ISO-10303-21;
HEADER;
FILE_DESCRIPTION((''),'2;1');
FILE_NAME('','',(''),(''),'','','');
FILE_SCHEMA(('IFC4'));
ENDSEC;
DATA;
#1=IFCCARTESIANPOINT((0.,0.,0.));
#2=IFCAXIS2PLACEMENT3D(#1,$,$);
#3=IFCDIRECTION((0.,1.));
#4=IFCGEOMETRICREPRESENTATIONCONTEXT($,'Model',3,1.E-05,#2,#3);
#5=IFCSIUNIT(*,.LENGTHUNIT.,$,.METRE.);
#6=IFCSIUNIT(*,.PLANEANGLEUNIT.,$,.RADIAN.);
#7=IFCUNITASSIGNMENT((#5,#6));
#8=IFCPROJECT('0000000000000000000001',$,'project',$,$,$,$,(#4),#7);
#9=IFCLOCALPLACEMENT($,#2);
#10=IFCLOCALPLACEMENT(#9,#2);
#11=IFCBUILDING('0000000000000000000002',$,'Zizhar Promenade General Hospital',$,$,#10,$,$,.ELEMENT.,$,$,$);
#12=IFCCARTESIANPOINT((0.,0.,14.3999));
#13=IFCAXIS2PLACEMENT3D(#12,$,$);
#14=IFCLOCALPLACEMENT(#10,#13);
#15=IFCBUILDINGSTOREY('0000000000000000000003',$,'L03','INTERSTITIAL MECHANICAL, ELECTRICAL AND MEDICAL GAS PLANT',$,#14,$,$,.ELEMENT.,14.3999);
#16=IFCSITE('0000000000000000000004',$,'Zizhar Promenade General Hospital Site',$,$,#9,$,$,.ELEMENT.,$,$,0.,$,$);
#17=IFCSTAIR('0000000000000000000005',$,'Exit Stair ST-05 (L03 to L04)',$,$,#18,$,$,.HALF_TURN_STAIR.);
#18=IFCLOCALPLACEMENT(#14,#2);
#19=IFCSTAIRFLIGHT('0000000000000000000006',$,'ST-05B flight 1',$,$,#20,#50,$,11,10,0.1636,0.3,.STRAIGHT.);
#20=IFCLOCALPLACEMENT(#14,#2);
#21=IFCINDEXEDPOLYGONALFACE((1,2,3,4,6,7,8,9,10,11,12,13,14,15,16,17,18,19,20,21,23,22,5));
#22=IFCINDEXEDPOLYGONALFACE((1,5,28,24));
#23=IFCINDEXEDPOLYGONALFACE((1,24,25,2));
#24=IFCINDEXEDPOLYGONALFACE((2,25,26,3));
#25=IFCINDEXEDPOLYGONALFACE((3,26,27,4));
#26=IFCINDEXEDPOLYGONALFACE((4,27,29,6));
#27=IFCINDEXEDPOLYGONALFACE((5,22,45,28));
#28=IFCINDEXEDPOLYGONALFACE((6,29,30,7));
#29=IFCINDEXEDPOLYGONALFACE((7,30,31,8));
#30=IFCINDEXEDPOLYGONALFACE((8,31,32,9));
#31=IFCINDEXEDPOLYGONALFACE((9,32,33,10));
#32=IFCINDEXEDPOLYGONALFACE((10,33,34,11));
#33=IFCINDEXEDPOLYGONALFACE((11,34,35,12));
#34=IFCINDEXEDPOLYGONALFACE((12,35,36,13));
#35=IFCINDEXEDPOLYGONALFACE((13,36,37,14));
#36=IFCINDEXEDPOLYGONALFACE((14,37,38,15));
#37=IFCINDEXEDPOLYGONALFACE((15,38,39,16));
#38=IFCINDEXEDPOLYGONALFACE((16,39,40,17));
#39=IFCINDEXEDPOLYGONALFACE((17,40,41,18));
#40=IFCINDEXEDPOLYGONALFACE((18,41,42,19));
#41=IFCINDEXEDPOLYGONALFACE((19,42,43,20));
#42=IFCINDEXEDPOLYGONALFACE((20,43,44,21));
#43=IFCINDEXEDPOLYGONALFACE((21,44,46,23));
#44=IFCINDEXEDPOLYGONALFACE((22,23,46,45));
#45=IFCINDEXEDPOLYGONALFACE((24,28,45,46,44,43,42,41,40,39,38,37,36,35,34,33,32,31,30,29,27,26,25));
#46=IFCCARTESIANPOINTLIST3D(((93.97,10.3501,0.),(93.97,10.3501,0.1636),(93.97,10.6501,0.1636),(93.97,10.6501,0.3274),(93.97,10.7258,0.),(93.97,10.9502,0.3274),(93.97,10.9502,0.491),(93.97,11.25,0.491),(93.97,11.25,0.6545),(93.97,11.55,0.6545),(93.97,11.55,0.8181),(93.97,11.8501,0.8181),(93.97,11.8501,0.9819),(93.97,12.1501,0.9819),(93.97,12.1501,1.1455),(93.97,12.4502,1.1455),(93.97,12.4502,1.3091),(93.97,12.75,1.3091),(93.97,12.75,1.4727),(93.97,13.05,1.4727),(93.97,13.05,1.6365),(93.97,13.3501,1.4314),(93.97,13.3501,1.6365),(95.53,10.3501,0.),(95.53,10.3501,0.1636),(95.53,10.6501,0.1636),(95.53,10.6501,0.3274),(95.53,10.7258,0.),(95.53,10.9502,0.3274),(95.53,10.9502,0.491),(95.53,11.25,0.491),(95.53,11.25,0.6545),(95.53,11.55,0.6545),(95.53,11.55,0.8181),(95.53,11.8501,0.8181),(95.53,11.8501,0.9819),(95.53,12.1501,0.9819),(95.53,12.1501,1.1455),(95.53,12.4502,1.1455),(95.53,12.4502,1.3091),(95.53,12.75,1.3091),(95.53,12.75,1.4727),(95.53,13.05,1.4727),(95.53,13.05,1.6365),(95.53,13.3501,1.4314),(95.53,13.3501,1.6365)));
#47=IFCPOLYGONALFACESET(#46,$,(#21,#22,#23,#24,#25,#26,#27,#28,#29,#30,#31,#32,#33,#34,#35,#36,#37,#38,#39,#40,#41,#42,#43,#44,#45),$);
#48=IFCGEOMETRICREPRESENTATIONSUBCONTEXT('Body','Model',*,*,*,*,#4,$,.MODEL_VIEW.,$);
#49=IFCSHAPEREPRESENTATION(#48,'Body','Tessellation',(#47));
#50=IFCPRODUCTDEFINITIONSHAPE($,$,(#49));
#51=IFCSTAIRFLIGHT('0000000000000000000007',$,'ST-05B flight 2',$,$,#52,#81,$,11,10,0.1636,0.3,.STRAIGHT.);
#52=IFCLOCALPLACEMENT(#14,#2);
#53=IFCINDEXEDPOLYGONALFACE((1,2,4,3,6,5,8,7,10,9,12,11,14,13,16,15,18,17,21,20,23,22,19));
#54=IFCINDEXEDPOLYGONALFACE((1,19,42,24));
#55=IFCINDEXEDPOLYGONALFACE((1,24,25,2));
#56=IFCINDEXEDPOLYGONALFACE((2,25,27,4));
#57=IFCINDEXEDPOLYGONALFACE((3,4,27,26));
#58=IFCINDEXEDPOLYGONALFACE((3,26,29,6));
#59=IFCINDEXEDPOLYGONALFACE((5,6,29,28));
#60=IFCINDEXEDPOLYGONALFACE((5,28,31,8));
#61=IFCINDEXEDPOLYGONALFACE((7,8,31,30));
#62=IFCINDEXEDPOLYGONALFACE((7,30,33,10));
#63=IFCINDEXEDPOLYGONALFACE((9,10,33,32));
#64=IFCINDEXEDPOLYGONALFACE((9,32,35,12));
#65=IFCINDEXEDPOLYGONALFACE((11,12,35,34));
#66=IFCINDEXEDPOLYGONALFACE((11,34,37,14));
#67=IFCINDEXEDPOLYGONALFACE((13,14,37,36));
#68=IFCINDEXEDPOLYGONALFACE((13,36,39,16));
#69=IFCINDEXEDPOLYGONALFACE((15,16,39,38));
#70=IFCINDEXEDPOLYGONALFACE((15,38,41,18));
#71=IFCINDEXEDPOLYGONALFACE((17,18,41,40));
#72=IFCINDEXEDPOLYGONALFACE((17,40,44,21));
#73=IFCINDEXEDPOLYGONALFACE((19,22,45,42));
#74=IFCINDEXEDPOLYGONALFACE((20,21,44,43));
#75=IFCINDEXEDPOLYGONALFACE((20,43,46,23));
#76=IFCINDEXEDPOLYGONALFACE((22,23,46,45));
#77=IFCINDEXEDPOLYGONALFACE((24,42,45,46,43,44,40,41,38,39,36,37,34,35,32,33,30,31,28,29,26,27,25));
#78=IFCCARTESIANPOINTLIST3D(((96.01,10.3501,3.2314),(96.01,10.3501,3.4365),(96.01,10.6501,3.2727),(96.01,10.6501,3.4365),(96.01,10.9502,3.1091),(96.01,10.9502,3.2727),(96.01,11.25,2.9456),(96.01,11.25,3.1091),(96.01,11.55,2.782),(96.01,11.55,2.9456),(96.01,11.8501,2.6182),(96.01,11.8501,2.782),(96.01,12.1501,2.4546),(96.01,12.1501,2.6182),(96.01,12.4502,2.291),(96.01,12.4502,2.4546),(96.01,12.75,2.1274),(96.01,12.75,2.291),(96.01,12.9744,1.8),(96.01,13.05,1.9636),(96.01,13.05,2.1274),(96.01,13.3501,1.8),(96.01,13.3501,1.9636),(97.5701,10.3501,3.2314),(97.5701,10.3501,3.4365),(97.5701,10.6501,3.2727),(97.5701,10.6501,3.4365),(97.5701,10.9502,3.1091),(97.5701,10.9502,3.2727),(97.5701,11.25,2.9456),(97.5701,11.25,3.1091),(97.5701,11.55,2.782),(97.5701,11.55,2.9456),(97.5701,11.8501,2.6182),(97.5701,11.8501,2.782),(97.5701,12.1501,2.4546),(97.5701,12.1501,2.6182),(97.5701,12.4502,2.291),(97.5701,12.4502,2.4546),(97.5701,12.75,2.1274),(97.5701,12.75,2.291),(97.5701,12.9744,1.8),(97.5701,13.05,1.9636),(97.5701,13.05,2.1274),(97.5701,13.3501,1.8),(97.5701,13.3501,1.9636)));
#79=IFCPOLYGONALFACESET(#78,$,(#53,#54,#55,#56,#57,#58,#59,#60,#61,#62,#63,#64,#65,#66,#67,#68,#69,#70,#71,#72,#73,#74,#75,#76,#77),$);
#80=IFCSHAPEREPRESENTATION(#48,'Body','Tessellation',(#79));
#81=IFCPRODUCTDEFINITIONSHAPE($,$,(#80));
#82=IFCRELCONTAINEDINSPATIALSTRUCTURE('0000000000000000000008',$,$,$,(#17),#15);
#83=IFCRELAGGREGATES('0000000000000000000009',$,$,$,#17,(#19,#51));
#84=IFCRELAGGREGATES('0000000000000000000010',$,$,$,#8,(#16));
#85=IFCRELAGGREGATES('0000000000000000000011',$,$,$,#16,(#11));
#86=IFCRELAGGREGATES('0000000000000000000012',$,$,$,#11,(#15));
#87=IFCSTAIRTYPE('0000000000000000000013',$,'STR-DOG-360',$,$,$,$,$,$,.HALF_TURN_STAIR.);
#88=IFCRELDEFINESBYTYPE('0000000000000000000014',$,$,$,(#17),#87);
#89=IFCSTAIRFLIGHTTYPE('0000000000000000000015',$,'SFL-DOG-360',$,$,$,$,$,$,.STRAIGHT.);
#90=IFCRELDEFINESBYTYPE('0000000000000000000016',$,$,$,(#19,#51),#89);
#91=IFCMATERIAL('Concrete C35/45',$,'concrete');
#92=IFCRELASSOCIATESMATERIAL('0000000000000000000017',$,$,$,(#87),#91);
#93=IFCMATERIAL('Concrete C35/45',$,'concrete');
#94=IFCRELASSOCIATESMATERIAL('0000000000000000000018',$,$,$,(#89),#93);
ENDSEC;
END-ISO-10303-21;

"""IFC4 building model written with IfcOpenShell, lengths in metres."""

from ifc_helpers import new_model, si_unit, direction, frame, origin, place, context, subcontext, project, spatial, polyline, outline, extrude, material, type_object, element, aggregate, save


model = new_model("IFC4")

# Units and contexts
model_context = context("Model", 3, precision=1e-05, world=origin(), true_north=direction((0.0, 1.0)))
body_context = subcontext(model_context, "Body", "Model", "MODEL_VIEW")
ifc_project = project(units=[si_unit("LENGTHUNIT", "METRE"), si_unit("PLANEANGLEUNIT", "RADIAN")], contexts=[model_context])

# Site, building, storey
site_placement = place(None, origin())
site = spatial("IfcSite", under=ifc_project, at=site_placement, Name="Zizhar Promenade General Hospital Site", CompositionType="ELEMENT", RefElevation=0.0)
building_placement = place(site_placement, origin())
building = spatial("IfcBuilding", under=site, at=building_placement, Name="Zizhar Promenade General Hospital", CompositionType="ELEMENT")
storey_placement = place(building_placement, frame((0.0, 0.0, 14.3999)))
storey = spatial("IfcBuildingStorey", under=building, at=storey_placement, Name="L03", Description="INTERSTITIAL MECHANICAL, ELECTRICAL AND MEDICAL GAS PLANT", CompositionType="ELEMENT", Elevation=14.3999)

# Stair, stair flights
ifc_material_1 = material(Name="Concrete C35/45", Category="concrete")
stair_type = type_object("IfcStairType", Name="STR-DOG-360", PredefinedType="HALF_TURN_STAIR", material=ifc_material_1)
stair_placement = place(storey_placement, origin())
stair = element("IfcStair", 1, at=stair_placement, inside=storey, type_object=stair_type, Name="Exit Stair ST-05 (L03 to L04)", PredefinedType="HALF_TURN_STAIR")
ifc_material_2 = material(Name="Concrete C35/45", Category="concrete")
stair_flight_type = type_object("IfcStairFlightType", Name="SFL-DOG-360", PredefinedType="STRAIGHT", material=ifc_material_2)
stair_flight_1_placement = place(storey_placement, frame((94.75, 10.3501, 0.0), z_axis=(0.0, 0.0, 1.0), x_axis=(0.0, 1.0, 0.0)))
stair_flight_1 = element("IfcStairFlight", 2, at=stair_flight_1_placement, type_object=stair_flight_type, Name="ST-05B flight 1", NumberOfRisers=11, NumberOfTreads=10, PredefinedType="STRAIGHT", RiserHeight=0.1636, TreadLength=0.3, context=body_context, shape_type="SweptSolid", body=[
    extrude(outline(polyline([(0.0, 0.0), (0.0, 0.1636), (0.3, 0.1636), (0.3, 0.3274), (0.6001, 0.3274), (0.6001, 0.491), (0.8999, 0.491), (0.8999, 0.6545), (1.2, 0.6545), (1.2, 0.8181), (1.5, 0.8181), (1.5, 0.9819), (1.8, 0.9819), (1.8, 1.1455), (2.1001, 1.1455), (2.1001, 1.3091), (2.3999, 1.3091), (2.3999, 1.4727), (2.7, 1.4727), (2.7, 1.6365), (3.0, 1.6365), (3.0, 1.8), (3.0, 1.4314), (0.3757, 0.0), (0.0, 0.0)])), frame((0.0, 0.78, 0.0), z_axis=(0.0, -1.0, 0.0), x_axis=(1.0, 0.0, 0.0)), (0.0, 0.0, 1.0), 1.5601),
])
stair_flight_2_placement = place(storey_placement, frame((96.79, 13.3501, 1.8), z_axis=(0.0, 0.0, 1.0), x_axis=(0.0, -1.0, 0.0)))
stair_flight_2 = element("IfcStairFlight", 3, at=stair_flight_2_placement, type_object=stair_flight_type, Name="ST-05B flight 2", NumberOfRisers=11, NumberOfTreads=10, PredefinedType="STRAIGHT", RiserHeight=0.1636, TreadLength=0.3, context=body_context, shape_type="SweptSolid", body=[
    extrude(outline(polyline([(0.0, 0.0), (0.0, 0.1636), (0.3, 0.1636), (0.3, 0.3274), (0.6001, 0.3274), (0.6001, 0.491), (0.8999, 0.491), (0.8999, 0.6545), (1.2, 0.6545), (1.2, 0.8181), (1.5, 0.8181), (1.5, 0.9819), (1.8, 0.9819), (1.8, 1.1455), (2.1001, 1.1455), (2.1001, 1.3091), (2.3999, 1.3091), (2.3999, 1.4727), (2.7, 1.4727), (2.7, 1.6365), (3.0, 1.6365), (3.0, 1.8), (3.0, 1.4314), (0.3757, 0.0), (0.0, 0.0)])), frame((0.0, 0.78, 0.0), z_axis=(0.0, -1.0, 0.0), x_axis=(1.0, 0.0, 0.0)), (0.0, 0.0, 1.0), 1.5601),
])
aggregate(stair, [stair_flight_1, stair_flight_2])

save(model, "model.ifc")
